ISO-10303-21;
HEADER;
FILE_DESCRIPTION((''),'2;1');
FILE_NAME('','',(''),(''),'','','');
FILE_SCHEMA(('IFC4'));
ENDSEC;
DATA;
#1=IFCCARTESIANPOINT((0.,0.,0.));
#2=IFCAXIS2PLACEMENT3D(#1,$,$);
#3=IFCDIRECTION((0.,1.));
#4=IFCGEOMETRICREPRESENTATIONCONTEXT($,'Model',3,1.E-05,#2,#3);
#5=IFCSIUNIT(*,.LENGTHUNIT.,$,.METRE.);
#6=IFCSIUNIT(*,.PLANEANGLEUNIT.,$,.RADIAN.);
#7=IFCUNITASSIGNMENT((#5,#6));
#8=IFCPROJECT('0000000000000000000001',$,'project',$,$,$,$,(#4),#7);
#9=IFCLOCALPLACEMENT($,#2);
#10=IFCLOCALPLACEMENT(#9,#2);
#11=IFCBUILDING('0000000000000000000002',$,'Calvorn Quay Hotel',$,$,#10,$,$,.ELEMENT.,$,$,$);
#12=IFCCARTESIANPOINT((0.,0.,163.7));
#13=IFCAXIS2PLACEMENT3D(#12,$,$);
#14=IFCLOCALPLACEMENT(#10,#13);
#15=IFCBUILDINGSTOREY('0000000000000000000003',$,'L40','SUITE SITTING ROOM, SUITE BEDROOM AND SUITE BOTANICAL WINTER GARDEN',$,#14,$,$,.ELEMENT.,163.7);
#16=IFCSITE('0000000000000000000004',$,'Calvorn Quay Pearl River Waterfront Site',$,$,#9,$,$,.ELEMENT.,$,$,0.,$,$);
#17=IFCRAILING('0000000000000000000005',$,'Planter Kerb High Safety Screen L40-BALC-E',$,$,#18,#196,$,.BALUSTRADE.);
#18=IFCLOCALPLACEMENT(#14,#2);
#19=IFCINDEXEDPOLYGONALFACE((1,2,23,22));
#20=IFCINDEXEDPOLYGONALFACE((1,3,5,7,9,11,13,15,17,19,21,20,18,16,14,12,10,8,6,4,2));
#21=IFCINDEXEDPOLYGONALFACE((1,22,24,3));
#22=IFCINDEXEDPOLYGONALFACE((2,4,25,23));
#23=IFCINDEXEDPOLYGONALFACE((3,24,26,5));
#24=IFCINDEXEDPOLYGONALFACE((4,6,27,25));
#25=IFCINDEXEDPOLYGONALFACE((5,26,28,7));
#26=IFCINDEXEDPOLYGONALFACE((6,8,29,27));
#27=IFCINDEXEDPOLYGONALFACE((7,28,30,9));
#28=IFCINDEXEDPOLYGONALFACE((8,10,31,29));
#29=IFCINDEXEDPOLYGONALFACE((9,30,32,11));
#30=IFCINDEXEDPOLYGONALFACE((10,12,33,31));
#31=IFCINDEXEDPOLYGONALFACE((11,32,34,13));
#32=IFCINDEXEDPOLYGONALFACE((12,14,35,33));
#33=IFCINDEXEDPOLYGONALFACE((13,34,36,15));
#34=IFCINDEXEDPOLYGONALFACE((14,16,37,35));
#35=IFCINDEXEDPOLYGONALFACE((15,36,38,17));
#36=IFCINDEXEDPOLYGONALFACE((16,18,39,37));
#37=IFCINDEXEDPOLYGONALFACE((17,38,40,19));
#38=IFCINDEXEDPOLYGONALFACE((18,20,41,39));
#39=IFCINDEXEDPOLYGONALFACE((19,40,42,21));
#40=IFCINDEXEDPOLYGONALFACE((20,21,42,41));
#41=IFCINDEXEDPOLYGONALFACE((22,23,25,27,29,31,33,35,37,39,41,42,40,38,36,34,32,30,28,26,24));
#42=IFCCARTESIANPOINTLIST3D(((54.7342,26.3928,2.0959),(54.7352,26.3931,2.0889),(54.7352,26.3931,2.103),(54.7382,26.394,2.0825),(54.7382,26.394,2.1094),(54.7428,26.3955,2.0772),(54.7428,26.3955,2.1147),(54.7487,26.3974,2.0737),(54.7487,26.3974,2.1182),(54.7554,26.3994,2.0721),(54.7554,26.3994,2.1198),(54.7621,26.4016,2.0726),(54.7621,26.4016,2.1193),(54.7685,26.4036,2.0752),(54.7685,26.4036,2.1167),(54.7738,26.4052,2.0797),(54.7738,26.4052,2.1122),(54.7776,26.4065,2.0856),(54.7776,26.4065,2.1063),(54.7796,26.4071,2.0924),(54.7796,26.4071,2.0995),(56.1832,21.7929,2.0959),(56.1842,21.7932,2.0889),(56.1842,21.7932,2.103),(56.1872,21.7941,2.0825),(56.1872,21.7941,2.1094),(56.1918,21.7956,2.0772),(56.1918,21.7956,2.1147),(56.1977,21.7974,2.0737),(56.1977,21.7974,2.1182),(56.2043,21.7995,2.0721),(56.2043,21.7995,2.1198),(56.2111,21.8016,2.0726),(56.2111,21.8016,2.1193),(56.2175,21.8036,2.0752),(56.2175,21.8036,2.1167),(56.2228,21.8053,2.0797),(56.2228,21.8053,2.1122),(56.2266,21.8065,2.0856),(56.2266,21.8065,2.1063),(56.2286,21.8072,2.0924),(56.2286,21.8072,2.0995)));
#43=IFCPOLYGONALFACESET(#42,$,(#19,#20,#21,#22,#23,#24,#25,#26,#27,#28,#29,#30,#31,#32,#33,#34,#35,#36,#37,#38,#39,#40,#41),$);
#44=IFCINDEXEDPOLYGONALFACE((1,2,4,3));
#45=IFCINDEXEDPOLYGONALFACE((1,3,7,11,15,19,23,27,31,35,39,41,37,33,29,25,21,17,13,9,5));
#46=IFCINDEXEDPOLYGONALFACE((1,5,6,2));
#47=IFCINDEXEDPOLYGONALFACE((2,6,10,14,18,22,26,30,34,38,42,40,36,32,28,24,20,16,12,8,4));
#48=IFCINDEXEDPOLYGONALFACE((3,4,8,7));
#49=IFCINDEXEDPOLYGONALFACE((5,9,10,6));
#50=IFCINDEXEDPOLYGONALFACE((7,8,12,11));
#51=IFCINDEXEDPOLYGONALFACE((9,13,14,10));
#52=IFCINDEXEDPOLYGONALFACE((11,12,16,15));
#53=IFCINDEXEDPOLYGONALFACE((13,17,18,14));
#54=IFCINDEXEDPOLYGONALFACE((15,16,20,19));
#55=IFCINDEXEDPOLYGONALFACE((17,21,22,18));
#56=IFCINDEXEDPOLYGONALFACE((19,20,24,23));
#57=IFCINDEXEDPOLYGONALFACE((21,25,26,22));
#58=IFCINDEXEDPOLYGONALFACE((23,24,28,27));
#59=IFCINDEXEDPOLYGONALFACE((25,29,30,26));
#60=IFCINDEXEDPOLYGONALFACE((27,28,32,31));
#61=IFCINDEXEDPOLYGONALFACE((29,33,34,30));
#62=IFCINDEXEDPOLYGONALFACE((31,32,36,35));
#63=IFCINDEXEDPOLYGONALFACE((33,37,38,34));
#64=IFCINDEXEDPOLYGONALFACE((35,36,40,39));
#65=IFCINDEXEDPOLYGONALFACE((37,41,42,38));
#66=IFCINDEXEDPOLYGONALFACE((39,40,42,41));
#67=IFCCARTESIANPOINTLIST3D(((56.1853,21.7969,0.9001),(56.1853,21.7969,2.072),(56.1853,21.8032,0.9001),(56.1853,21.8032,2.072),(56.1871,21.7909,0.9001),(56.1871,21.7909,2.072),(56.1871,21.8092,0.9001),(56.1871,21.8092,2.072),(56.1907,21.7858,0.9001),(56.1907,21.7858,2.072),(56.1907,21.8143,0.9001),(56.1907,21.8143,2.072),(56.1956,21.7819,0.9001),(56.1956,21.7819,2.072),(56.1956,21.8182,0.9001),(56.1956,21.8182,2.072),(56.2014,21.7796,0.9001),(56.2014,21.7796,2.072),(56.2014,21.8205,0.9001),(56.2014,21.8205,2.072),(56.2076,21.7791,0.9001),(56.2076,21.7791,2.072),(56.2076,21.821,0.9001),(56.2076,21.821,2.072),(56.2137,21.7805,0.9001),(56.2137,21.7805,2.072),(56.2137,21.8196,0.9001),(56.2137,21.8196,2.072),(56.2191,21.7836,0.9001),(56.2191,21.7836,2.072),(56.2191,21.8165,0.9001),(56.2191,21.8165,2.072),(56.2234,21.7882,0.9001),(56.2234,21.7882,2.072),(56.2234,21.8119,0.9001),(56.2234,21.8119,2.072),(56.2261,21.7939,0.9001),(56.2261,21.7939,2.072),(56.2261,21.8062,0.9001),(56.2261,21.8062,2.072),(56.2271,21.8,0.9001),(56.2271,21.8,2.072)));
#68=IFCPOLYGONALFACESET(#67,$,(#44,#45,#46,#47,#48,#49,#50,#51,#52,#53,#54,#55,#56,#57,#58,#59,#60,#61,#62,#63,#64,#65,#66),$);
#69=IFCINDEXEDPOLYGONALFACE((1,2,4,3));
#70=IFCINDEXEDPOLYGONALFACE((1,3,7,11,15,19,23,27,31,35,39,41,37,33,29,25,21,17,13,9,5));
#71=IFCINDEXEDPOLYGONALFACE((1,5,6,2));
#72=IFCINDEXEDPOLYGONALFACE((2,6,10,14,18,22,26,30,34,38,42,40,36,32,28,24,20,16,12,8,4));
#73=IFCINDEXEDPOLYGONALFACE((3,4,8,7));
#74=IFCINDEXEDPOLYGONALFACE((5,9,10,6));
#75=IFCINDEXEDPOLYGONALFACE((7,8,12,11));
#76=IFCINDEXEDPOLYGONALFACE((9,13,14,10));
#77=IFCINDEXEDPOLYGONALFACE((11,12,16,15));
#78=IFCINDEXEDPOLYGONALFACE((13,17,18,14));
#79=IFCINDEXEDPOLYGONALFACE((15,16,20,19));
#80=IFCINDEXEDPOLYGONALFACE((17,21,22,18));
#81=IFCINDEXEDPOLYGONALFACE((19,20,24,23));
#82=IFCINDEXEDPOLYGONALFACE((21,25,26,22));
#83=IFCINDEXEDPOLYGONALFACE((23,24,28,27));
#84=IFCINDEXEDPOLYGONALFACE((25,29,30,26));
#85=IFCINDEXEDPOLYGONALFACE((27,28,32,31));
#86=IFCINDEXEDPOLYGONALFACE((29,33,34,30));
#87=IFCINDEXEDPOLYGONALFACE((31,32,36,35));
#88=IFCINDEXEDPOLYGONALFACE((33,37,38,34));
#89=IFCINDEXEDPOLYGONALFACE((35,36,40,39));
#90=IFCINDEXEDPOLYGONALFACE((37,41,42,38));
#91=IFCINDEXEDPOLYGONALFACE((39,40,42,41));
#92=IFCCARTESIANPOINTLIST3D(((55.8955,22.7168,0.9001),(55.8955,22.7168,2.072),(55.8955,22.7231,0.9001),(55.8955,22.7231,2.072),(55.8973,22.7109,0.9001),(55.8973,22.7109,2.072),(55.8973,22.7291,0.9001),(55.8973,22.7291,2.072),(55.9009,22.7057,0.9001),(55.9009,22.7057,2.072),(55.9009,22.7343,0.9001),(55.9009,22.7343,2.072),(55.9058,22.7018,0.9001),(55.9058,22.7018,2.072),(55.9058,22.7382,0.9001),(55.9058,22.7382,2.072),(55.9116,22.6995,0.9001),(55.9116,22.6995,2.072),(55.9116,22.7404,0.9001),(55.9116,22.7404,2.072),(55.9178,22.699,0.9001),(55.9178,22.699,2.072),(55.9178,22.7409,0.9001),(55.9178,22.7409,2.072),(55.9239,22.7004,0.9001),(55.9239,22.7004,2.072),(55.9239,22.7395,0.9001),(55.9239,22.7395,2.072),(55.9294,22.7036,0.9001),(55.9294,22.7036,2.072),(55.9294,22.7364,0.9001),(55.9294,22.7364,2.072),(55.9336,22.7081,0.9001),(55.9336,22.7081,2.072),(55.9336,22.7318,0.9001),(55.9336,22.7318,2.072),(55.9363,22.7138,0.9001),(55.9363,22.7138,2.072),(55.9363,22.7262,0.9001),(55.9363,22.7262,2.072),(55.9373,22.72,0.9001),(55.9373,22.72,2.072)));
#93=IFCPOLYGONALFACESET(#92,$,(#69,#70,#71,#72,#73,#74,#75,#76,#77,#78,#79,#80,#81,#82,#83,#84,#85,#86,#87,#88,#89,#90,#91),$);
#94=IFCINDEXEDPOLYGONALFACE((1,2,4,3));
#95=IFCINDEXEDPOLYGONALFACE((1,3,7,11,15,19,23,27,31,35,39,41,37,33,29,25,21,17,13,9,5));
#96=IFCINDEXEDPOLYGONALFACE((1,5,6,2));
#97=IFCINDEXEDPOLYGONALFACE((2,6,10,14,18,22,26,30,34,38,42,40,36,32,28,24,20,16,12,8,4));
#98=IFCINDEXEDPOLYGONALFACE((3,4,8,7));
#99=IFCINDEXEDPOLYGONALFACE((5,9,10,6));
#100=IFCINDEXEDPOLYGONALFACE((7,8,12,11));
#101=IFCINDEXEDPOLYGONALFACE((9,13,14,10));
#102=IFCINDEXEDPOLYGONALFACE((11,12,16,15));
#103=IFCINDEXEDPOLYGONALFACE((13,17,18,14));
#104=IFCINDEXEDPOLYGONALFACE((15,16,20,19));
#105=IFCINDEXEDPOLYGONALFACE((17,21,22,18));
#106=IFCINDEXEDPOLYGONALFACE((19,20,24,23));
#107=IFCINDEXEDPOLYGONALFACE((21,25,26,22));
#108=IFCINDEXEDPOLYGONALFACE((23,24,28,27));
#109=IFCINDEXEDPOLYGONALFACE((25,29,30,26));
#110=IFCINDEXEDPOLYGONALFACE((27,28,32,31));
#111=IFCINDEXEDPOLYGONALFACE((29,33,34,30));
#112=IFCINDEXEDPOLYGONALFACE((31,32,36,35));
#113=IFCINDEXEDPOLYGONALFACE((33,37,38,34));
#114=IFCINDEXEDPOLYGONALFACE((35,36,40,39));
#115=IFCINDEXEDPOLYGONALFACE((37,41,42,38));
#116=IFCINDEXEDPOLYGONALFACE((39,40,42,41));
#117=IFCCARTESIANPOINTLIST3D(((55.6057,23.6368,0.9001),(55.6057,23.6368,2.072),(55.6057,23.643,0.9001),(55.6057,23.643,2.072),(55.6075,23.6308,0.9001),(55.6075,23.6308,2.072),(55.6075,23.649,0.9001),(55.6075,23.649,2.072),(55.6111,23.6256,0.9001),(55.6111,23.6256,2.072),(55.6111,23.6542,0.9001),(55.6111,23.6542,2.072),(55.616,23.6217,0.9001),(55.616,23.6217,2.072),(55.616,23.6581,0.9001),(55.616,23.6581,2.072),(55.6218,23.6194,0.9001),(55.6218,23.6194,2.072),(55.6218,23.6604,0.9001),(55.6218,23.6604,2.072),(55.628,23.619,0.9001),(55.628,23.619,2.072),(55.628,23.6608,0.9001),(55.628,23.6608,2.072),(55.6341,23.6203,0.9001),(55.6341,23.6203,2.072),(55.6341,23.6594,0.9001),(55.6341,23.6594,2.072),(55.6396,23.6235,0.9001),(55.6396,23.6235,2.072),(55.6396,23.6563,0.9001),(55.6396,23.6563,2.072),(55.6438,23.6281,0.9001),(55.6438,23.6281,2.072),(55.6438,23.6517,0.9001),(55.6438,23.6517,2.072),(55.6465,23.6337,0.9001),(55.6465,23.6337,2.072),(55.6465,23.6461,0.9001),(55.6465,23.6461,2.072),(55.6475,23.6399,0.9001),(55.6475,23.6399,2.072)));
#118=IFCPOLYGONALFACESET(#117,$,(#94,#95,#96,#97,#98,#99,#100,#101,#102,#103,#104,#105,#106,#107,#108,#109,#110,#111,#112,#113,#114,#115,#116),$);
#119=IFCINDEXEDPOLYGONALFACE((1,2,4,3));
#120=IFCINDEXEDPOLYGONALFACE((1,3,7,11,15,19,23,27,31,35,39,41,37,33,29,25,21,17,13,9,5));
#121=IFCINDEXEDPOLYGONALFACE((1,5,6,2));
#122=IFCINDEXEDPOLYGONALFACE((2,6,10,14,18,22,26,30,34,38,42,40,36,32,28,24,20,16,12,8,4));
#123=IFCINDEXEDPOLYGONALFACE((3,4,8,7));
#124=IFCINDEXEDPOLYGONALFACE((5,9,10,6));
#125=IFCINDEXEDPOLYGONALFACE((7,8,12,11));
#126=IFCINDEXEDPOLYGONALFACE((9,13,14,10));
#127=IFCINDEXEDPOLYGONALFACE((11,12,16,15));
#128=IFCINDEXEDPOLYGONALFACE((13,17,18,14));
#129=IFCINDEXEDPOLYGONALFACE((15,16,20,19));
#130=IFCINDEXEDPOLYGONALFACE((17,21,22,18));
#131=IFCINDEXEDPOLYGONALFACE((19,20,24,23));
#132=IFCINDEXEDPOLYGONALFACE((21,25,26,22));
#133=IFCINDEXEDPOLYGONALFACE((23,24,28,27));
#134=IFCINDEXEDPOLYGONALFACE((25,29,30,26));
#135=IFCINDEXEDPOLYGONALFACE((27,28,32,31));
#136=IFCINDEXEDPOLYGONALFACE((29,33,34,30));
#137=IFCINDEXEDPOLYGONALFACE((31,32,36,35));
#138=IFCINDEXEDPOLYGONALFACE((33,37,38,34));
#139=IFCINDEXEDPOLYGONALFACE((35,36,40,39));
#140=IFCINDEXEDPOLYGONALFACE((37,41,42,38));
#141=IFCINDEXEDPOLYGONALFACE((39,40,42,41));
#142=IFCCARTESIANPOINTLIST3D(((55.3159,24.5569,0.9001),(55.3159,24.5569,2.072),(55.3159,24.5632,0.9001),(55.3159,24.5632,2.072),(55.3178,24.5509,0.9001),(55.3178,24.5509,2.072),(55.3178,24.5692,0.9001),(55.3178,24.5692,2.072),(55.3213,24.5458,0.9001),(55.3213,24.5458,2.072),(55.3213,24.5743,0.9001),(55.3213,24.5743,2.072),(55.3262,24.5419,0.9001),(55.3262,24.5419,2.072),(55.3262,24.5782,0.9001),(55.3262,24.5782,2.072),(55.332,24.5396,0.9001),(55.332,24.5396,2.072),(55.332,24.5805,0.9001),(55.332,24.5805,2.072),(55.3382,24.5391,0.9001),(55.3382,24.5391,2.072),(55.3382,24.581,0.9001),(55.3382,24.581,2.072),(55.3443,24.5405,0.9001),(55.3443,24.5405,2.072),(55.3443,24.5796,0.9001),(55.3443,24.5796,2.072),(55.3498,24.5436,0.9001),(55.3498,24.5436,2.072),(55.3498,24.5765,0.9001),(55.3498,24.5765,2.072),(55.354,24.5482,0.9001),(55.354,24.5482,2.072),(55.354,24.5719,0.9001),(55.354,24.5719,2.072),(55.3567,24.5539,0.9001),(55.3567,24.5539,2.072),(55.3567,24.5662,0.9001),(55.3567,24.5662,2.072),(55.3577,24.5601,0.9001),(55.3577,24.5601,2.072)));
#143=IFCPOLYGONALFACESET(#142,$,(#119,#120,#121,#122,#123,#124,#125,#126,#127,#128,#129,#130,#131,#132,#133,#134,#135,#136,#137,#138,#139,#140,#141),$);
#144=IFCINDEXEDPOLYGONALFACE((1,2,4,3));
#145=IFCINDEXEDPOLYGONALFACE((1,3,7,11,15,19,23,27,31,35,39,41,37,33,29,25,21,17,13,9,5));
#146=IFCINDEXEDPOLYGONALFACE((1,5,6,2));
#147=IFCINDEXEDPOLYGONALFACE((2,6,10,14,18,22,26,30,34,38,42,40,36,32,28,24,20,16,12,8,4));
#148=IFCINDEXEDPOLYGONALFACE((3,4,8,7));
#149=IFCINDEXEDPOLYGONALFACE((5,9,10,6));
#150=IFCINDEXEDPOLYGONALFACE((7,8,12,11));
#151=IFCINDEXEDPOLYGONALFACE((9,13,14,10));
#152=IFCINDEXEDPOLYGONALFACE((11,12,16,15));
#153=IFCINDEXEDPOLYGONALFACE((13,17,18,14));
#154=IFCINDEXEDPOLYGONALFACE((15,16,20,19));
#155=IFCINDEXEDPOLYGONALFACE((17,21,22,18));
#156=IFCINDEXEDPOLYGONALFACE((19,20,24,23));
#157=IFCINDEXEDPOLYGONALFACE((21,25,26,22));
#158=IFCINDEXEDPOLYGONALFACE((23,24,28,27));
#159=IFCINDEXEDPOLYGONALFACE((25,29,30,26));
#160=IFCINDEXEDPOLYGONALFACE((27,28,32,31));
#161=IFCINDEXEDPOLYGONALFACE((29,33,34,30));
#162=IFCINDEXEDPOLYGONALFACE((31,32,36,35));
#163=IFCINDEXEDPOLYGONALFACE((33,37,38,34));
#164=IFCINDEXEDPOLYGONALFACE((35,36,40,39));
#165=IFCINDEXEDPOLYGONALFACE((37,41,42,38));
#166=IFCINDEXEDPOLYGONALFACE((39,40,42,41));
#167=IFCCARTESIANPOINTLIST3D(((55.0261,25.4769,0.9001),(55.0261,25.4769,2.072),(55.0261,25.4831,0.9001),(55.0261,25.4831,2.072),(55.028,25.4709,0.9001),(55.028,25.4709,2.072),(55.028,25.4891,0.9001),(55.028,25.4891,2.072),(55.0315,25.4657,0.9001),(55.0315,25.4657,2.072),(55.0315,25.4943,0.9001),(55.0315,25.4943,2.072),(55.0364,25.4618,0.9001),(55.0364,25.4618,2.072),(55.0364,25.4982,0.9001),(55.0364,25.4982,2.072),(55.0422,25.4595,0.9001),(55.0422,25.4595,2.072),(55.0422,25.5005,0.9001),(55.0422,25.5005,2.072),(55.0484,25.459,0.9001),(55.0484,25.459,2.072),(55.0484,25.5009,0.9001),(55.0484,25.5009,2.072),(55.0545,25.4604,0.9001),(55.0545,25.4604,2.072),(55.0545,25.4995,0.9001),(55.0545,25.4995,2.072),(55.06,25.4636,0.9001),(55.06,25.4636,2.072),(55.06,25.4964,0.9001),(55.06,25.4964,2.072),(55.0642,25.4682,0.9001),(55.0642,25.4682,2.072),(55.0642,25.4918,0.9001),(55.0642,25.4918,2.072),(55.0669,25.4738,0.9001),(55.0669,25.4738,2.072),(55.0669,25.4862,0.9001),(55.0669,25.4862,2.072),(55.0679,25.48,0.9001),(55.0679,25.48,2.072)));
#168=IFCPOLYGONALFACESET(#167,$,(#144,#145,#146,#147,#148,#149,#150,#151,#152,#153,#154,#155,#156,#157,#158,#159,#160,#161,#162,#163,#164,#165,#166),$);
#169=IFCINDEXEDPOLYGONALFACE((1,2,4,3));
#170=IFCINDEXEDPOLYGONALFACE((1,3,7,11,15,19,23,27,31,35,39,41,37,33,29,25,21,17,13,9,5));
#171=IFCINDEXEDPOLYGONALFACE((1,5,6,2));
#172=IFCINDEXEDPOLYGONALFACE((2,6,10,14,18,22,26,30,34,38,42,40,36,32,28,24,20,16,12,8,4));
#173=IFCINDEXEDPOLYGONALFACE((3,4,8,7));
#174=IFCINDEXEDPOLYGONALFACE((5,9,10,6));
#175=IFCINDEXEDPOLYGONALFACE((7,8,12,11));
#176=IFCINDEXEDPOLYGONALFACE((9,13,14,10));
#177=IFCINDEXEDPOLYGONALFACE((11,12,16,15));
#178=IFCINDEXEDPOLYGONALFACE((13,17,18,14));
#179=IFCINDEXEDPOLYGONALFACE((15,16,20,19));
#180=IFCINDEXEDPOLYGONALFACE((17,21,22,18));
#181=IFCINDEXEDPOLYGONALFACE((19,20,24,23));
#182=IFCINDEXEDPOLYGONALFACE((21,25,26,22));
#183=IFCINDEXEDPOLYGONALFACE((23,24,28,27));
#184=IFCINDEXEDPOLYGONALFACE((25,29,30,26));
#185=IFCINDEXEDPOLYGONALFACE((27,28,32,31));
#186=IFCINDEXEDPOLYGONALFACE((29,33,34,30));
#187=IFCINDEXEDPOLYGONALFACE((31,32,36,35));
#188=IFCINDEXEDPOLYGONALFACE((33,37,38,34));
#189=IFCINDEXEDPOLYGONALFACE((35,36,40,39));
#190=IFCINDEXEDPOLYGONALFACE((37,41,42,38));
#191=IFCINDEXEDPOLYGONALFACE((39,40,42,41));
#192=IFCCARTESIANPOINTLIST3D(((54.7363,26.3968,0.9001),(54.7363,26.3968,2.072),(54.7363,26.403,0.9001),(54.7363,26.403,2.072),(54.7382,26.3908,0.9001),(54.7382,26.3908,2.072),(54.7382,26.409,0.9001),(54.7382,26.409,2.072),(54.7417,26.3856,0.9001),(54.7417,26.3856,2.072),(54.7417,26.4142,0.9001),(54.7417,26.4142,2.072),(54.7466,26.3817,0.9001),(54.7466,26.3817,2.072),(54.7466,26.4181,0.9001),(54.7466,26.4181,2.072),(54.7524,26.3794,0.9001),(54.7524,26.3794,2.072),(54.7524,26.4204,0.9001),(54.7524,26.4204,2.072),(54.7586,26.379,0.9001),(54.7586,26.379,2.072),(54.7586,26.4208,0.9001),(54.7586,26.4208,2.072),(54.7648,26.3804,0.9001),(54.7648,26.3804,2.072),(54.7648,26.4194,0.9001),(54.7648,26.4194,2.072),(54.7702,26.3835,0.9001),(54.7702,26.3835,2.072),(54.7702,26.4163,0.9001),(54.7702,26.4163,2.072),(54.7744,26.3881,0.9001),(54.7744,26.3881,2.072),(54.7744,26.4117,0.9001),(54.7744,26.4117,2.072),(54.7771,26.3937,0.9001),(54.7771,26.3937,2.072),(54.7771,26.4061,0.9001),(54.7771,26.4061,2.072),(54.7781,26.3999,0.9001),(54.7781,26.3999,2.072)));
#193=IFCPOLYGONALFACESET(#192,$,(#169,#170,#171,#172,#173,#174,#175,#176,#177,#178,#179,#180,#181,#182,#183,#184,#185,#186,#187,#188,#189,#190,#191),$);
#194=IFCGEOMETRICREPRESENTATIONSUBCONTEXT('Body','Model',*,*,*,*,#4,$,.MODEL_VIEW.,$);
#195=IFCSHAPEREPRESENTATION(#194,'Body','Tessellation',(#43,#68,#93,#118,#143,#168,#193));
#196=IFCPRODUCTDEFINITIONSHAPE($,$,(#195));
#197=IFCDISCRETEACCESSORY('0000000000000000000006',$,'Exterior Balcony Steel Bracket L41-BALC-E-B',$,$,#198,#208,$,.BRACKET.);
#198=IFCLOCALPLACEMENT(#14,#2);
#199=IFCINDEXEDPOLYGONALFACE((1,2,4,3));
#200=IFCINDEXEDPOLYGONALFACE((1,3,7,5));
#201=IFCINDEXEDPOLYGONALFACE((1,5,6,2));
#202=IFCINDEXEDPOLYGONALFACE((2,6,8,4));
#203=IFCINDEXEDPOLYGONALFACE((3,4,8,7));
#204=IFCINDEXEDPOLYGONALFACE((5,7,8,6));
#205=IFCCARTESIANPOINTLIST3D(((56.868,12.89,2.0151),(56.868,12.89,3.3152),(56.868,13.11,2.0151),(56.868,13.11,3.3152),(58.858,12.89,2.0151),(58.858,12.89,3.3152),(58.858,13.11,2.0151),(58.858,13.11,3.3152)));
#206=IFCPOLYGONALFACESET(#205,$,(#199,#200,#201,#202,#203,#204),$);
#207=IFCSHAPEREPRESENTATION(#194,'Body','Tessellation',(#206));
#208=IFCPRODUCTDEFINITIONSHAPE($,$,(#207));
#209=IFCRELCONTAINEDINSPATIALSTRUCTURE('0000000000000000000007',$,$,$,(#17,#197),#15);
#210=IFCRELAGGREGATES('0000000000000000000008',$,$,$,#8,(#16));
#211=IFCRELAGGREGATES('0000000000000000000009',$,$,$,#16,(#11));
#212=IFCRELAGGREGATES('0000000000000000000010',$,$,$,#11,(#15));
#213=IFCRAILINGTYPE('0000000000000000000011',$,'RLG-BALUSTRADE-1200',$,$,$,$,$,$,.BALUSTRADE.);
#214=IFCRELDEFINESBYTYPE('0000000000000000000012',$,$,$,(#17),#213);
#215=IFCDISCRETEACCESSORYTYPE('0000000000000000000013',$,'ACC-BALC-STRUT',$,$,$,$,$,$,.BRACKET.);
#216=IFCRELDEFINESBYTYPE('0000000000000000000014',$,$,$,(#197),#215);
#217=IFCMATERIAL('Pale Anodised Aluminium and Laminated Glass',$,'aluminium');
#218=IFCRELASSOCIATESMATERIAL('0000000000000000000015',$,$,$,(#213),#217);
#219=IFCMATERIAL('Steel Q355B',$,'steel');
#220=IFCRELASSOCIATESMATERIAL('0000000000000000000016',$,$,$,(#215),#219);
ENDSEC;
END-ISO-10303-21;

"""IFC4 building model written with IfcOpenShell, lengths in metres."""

from ifc_helpers import new_model, si_unit, direction, frame, origin, origin_2d, place, context, subcontext, project, spatial, rectangle, circle, extrude, material, type_object, element, save


model = new_model("IFC4")

# Units and contexts
model_context = context("Model", 3, precision=1e-05, world=origin(), true_north=direction((0.0, 1.0)))
body_context = subcontext(model_context, "Body", "Model", "MODEL_VIEW")
ifc_project = project(units=[si_unit("LENGTHUNIT", "METRE"), si_unit("PLANEANGLEUNIT", "RADIAN")], contexts=[model_context])

# Site, building, storey
site_placement = place(None, origin())
site = spatial("IfcSite", under=ifc_project, at=site_placement, Name="Calvorn Quay Pearl River Waterfront Site", CompositionType="ELEMENT", RefElevation=0.0)
building_placement = place(site_placement, origin())
building = spatial("IfcBuilding", under=site, at=building_placement, Name="Calvorn Quay Hotel", CompositionType="ELEMENT")
storey_placement = place(building_placement, frame((0.0, 0.0, 163.7)))
storey = spatial("IfcBuildingStorey", under=building, at=storey_placement, Name="L40", Description="SUITE SITTING ROOM, SUITE BEDROOM AND SUITE BOTANICAL WINTER GARDEN", CompositionType="ELEMENT", Elevation=163.7)

# Railing
ifc_material_1 = material(Name="Pale Anodised Aluminium and Laminated Glass", Category="aluminium")
railing_type = type_object("IfcRailingType", Name="RLG-BALUSTRADE-1200", PredefinedType="BALUSTRADE", material=ifc_material_1)
railing_1_placement = place(storey_placement, frame((56.2061, 21.8, 0.9001)))
element("IfcRailing", 1, at=railing_1_placement, inside=storey, type_object=railing_type, Name="Planter Kerb High Safety Screen L40-BALC-E", PredefinedType="BALUSTRADE", context=body_context, shape_type="SweptSolid", body=[
    extrude(circle(Radius=0.0239, at=origin_2d()), frame((0.0, 0.0, 1.1958), z_axis=(-0.30045, 0.953797, 0.0), x_axis=(-0.953797, -0.30045, 0.0)), (0.0, 0.0, 1.0), 4.8228),
    extrude(circle(Radius=0.021, at=origin_2d()), origin(), (0.0, 0.0, 1.0), 1.1719),
    extrude(circle(Radius=0.021, at=origin_2d()), frame((-0.2898, 0.9199, 0.0)), (0.0, 0.0, 1.0), 1.1719),
    extrude(circle(Radius=0.021, at=origin_2d()), frame((-0.5796, 1.8398, 0.0)), (0.0, 0.0, 1.0), 1.1719),
    extrude(circle(Radius=0.021, at=origin_2d()), frame((-0.8694, 2.76, 0.0)), (0.0, 0.0, 1.0), 1.1719),
    extrude(circle(Radius=0.021, at=origin_2d()), frame((-1.1592, 3.6799, 0.0)), (0.0, 0.0, 1.0), 1.1719),
    extrude(circle(Radius=0.021, at=origin_2d()), frame((-1.449, 4.5999, 0.0)), (0.0, 0.0, 1.0), 1.1719),
])

# Discrete accessory
ifc_material_2 = material(Name="Steel Q355B", Category="steel")
discrete_accessory_type_1 = type_object("IfcDiscreteAccessoryType", Name="ACC-BALC-STRUT", PredefinedType="BRACKET", material=ifc_material_2)
discrete_accessory_1_placement = place(storey_placement, frame((57.863, 13.0, 2.0151), z_axis=(0.0, 0.0, 1.0), x_axis=(1.0, 0.0, 0.0)))
element("IfcDiscreteAccessory", 2, at=discrete_accessory_1_placement, inside=storey, type_object=discrete_accessory_type_1, Name="Exterior Balcony Steel Bracket L41-BALC-E-B", PredefinedType="BRACKET", context=body_context, shape_type="SweptSolid", body=[
    extrude(rectangle(XDim=1.99, YDim=0.22, at=origin_2d()), origin(), (0.0, 0.0, 1.0), 1.3),
])

save(model, "model.ifc")
